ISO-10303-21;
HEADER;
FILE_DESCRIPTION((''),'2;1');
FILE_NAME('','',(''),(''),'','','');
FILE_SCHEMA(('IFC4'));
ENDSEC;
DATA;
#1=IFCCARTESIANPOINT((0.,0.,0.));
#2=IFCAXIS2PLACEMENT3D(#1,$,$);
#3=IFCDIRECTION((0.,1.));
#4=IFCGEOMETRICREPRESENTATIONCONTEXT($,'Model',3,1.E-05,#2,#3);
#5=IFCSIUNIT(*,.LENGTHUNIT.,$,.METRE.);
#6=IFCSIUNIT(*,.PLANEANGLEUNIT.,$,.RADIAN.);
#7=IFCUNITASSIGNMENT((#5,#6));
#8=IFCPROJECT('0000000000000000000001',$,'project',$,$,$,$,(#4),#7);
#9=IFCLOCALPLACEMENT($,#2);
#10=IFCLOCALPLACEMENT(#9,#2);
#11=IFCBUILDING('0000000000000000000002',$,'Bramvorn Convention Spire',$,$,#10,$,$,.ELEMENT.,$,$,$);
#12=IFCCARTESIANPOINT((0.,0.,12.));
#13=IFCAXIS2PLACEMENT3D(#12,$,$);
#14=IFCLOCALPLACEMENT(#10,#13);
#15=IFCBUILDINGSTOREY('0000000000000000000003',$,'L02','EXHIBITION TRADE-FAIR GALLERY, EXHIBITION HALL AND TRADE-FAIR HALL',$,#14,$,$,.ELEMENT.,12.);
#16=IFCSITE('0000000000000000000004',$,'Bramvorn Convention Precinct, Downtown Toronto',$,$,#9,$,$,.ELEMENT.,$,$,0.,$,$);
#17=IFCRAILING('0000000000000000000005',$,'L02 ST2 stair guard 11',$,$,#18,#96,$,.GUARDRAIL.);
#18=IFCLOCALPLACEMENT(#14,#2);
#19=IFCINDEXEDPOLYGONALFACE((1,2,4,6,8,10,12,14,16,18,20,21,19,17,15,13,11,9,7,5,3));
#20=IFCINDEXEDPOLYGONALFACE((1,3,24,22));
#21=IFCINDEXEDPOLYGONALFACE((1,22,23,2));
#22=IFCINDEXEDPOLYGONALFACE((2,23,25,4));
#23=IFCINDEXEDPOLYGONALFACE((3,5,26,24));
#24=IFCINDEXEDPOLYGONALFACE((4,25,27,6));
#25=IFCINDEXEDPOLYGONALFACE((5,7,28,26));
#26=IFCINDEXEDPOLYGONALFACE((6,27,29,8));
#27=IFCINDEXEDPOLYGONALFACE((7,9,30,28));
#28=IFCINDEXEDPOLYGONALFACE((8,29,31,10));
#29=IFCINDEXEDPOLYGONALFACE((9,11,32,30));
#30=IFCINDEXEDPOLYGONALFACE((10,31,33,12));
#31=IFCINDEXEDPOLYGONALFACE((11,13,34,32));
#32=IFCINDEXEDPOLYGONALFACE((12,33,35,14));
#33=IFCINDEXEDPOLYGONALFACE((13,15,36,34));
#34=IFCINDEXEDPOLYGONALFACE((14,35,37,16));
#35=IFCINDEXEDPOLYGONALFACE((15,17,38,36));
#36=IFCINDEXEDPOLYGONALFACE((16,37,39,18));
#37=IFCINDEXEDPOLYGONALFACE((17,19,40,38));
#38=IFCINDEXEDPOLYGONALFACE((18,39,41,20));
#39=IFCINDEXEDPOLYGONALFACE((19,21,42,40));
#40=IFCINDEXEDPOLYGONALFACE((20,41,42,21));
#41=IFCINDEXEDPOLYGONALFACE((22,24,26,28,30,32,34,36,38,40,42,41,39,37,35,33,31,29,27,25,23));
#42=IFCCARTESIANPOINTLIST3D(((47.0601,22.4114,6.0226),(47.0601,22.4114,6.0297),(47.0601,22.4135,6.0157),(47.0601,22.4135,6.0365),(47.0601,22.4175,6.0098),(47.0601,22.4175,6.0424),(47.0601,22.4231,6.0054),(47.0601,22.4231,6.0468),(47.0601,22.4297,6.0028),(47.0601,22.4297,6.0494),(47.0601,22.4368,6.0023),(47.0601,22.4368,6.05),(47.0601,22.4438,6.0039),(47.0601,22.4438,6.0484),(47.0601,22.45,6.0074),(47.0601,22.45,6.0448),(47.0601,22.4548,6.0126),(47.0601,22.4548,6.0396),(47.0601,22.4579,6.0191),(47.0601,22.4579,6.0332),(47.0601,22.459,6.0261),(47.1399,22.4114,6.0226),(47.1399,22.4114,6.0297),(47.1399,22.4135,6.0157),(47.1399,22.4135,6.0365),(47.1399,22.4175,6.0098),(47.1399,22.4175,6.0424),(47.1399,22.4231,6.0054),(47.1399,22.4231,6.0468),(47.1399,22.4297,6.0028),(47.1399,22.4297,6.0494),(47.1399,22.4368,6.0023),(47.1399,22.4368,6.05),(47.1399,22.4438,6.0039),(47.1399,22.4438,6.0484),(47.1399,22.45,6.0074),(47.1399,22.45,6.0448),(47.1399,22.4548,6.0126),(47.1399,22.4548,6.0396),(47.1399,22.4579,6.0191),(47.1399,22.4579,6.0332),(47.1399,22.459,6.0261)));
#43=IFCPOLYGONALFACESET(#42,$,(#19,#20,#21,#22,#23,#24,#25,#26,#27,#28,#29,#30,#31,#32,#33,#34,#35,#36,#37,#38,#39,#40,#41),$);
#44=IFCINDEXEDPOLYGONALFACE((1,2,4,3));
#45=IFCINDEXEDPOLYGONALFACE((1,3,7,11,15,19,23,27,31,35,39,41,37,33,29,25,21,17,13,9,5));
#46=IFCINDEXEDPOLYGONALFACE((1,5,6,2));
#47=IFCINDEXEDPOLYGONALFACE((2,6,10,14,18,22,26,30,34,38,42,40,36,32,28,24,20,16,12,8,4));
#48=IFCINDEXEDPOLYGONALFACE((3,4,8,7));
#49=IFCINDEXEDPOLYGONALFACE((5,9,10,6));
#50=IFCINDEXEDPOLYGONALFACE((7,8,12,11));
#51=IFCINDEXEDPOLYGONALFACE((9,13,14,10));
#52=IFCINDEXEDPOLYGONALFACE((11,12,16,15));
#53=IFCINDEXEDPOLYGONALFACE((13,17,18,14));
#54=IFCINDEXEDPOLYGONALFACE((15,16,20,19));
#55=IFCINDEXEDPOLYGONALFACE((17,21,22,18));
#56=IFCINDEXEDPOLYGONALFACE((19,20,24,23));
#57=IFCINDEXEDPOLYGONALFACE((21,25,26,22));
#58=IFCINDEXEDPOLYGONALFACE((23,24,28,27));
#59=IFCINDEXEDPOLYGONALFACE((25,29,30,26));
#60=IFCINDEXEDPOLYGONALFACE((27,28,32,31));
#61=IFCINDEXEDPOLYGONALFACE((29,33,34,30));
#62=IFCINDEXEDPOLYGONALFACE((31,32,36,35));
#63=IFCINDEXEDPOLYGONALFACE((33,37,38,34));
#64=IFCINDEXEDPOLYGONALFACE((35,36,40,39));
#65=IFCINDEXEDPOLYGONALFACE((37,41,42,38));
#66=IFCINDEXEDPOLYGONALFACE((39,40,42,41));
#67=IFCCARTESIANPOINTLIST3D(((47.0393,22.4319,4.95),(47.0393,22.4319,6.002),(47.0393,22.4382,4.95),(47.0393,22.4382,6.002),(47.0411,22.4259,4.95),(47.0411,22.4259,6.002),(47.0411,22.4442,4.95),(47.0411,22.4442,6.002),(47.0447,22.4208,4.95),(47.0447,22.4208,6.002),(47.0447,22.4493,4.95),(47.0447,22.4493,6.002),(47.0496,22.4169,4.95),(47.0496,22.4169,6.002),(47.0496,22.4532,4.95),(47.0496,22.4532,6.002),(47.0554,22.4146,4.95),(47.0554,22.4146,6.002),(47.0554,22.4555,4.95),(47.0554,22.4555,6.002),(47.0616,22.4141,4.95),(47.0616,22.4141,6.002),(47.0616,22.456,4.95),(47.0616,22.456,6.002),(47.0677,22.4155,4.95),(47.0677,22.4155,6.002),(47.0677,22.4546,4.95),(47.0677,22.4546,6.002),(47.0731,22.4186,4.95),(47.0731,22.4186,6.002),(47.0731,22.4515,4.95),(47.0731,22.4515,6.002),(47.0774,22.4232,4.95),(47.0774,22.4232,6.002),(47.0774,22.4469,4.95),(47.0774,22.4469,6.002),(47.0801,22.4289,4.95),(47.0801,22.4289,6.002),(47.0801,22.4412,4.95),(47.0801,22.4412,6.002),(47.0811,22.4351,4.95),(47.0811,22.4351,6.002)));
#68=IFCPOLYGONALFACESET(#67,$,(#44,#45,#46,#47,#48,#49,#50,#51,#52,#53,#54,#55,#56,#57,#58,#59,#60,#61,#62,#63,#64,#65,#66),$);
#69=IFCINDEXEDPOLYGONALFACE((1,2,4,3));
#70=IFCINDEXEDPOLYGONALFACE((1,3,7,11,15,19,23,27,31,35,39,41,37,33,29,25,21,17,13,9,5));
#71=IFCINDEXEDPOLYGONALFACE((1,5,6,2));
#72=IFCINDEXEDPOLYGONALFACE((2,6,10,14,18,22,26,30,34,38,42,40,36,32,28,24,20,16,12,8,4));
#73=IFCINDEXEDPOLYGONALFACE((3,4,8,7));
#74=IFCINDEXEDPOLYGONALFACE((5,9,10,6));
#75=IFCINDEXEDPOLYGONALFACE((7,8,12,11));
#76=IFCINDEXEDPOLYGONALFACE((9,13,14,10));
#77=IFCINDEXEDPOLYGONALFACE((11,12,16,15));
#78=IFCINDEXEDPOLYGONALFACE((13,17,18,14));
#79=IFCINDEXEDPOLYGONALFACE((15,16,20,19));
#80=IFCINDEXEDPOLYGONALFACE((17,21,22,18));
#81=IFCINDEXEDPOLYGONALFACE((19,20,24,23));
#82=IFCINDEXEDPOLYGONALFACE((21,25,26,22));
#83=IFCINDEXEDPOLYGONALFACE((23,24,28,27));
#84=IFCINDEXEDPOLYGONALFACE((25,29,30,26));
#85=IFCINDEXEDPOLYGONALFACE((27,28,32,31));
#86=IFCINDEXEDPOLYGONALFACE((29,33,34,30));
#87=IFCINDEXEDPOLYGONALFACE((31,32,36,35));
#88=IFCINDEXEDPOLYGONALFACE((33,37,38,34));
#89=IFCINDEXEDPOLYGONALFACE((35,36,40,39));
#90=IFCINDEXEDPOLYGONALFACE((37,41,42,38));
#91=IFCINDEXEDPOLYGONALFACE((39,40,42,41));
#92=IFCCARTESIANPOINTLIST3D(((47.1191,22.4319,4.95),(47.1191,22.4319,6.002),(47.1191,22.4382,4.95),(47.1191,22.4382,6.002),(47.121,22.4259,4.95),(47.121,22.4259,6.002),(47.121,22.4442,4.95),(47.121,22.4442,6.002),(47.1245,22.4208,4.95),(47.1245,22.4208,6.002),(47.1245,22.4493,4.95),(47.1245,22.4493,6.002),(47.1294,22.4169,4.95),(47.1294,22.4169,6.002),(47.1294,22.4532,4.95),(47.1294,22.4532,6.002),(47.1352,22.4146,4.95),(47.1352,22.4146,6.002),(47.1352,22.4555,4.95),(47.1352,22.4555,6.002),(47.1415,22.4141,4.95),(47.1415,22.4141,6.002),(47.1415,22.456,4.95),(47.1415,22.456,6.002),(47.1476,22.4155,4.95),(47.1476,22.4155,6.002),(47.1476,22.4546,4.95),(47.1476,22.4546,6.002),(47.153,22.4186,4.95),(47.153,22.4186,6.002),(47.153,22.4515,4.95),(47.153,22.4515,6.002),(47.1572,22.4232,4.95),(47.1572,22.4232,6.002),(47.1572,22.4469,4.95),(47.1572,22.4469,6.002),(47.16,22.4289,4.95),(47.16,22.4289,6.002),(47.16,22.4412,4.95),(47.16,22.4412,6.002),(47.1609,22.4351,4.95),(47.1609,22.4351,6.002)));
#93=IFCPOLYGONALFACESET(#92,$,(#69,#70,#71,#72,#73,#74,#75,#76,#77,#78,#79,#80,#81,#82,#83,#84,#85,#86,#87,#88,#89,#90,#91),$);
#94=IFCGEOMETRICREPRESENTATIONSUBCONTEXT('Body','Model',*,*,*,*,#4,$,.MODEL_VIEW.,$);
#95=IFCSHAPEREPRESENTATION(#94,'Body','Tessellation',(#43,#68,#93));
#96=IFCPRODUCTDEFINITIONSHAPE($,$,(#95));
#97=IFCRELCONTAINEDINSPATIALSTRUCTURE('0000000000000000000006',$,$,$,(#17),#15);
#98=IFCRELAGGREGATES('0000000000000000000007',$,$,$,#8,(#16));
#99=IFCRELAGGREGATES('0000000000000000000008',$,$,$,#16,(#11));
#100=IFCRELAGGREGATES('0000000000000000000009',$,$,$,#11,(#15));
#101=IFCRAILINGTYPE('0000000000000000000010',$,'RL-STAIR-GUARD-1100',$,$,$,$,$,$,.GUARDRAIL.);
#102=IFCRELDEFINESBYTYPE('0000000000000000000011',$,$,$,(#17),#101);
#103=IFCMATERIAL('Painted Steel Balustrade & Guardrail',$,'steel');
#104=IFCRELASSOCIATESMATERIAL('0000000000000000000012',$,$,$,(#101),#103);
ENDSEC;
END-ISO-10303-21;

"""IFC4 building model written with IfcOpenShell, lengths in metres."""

from ifc_helpers import new_model, si_unit, direction, frame, origin, origin_2d, place, context, subcontext, project, spatial, circle, extrude, material, type_object, element, save


model = new_model("IFC4")

# Units and contexts
model_context = context("Model", 3, precision=1e-05, world=origin(), true_north=direction((0.0, 1.0)))
body_context = subcontext(model_context, "Body", "Model", "MODEL_VIEW")
ifc_project = project(units=[si_unit("LENGTHUNIT", "METRE"), si_unit("PLANEANGLEUNIT", "RADIAN")], contexts=[model_context])

# Site, building, storey
site_placement = place(None, origin())
site = spatial("IfcSite", under=ifc_project, at=site_placement, Name="Bramvorn Convention Precinct, Downtown Toronto", CompositionType="ELEMENT", RefElevation=0.0)
building_placement = place(site_placement, origin())
building = spatial("IfcBuilding", under=site, at=building_placement, Name="Bramvorn Convention Spire", CompositionType="ELEMENT")
storey_placement = place(building_placement, frame((0.0, 0.0, 12.0)))
storey = spatial("IfcBuildingStorey", under=building, at=storey_placement, Name="L02", Description="EXHIBITION TRADE-FAIR GALLERY, EXHIBITION HALL AND TRADE-FAIR HALL", CompositionType="ELEMENT", Elevation=12.0)

# Railing
ifc_material_1 = material(Name="Painted Steel Balustrade & Guardrail", Category="steel")
railing_type_1 = type_object("IfcRailingType", Name="RL-STAIR-GUARD-1100", PredefinedType="GUARDRAIL", material=ifc_material_1)
railing_1_placement = place(storey_placement, frame((47.0601, 22.4351, 4.95)))
element("IfcRailing", 1, at=railing_1_placement, inside=storey, type_object=railing_type_1, Name="L02 ST2 stair guard 11", PredefinedType="GUARDRAIL", context=body_context, shape_type="SweptSolid", body=[
    extrude(circle(Radius=0.0239, at=origin_2d()), frame((0.0, 0.0, 1.0762), z_axis=(1.0, 0.0, 0.0), x_axis=(0.0, 1.0, 0.0)), (0.0, 0.0, 1.0), 0.0798),
    extrude(circle(Radius=0.021, at=origin_2d()), origin(), (0.0, 0.0, 1.0), 1.052),
    extrude(circle(Radius=0.021, at=origin_2d()), frame((0.0798, 0.0, 0.0)), (0.0, 0.0, 1.0), 1.052),
])

save(model, "model.ifc")
